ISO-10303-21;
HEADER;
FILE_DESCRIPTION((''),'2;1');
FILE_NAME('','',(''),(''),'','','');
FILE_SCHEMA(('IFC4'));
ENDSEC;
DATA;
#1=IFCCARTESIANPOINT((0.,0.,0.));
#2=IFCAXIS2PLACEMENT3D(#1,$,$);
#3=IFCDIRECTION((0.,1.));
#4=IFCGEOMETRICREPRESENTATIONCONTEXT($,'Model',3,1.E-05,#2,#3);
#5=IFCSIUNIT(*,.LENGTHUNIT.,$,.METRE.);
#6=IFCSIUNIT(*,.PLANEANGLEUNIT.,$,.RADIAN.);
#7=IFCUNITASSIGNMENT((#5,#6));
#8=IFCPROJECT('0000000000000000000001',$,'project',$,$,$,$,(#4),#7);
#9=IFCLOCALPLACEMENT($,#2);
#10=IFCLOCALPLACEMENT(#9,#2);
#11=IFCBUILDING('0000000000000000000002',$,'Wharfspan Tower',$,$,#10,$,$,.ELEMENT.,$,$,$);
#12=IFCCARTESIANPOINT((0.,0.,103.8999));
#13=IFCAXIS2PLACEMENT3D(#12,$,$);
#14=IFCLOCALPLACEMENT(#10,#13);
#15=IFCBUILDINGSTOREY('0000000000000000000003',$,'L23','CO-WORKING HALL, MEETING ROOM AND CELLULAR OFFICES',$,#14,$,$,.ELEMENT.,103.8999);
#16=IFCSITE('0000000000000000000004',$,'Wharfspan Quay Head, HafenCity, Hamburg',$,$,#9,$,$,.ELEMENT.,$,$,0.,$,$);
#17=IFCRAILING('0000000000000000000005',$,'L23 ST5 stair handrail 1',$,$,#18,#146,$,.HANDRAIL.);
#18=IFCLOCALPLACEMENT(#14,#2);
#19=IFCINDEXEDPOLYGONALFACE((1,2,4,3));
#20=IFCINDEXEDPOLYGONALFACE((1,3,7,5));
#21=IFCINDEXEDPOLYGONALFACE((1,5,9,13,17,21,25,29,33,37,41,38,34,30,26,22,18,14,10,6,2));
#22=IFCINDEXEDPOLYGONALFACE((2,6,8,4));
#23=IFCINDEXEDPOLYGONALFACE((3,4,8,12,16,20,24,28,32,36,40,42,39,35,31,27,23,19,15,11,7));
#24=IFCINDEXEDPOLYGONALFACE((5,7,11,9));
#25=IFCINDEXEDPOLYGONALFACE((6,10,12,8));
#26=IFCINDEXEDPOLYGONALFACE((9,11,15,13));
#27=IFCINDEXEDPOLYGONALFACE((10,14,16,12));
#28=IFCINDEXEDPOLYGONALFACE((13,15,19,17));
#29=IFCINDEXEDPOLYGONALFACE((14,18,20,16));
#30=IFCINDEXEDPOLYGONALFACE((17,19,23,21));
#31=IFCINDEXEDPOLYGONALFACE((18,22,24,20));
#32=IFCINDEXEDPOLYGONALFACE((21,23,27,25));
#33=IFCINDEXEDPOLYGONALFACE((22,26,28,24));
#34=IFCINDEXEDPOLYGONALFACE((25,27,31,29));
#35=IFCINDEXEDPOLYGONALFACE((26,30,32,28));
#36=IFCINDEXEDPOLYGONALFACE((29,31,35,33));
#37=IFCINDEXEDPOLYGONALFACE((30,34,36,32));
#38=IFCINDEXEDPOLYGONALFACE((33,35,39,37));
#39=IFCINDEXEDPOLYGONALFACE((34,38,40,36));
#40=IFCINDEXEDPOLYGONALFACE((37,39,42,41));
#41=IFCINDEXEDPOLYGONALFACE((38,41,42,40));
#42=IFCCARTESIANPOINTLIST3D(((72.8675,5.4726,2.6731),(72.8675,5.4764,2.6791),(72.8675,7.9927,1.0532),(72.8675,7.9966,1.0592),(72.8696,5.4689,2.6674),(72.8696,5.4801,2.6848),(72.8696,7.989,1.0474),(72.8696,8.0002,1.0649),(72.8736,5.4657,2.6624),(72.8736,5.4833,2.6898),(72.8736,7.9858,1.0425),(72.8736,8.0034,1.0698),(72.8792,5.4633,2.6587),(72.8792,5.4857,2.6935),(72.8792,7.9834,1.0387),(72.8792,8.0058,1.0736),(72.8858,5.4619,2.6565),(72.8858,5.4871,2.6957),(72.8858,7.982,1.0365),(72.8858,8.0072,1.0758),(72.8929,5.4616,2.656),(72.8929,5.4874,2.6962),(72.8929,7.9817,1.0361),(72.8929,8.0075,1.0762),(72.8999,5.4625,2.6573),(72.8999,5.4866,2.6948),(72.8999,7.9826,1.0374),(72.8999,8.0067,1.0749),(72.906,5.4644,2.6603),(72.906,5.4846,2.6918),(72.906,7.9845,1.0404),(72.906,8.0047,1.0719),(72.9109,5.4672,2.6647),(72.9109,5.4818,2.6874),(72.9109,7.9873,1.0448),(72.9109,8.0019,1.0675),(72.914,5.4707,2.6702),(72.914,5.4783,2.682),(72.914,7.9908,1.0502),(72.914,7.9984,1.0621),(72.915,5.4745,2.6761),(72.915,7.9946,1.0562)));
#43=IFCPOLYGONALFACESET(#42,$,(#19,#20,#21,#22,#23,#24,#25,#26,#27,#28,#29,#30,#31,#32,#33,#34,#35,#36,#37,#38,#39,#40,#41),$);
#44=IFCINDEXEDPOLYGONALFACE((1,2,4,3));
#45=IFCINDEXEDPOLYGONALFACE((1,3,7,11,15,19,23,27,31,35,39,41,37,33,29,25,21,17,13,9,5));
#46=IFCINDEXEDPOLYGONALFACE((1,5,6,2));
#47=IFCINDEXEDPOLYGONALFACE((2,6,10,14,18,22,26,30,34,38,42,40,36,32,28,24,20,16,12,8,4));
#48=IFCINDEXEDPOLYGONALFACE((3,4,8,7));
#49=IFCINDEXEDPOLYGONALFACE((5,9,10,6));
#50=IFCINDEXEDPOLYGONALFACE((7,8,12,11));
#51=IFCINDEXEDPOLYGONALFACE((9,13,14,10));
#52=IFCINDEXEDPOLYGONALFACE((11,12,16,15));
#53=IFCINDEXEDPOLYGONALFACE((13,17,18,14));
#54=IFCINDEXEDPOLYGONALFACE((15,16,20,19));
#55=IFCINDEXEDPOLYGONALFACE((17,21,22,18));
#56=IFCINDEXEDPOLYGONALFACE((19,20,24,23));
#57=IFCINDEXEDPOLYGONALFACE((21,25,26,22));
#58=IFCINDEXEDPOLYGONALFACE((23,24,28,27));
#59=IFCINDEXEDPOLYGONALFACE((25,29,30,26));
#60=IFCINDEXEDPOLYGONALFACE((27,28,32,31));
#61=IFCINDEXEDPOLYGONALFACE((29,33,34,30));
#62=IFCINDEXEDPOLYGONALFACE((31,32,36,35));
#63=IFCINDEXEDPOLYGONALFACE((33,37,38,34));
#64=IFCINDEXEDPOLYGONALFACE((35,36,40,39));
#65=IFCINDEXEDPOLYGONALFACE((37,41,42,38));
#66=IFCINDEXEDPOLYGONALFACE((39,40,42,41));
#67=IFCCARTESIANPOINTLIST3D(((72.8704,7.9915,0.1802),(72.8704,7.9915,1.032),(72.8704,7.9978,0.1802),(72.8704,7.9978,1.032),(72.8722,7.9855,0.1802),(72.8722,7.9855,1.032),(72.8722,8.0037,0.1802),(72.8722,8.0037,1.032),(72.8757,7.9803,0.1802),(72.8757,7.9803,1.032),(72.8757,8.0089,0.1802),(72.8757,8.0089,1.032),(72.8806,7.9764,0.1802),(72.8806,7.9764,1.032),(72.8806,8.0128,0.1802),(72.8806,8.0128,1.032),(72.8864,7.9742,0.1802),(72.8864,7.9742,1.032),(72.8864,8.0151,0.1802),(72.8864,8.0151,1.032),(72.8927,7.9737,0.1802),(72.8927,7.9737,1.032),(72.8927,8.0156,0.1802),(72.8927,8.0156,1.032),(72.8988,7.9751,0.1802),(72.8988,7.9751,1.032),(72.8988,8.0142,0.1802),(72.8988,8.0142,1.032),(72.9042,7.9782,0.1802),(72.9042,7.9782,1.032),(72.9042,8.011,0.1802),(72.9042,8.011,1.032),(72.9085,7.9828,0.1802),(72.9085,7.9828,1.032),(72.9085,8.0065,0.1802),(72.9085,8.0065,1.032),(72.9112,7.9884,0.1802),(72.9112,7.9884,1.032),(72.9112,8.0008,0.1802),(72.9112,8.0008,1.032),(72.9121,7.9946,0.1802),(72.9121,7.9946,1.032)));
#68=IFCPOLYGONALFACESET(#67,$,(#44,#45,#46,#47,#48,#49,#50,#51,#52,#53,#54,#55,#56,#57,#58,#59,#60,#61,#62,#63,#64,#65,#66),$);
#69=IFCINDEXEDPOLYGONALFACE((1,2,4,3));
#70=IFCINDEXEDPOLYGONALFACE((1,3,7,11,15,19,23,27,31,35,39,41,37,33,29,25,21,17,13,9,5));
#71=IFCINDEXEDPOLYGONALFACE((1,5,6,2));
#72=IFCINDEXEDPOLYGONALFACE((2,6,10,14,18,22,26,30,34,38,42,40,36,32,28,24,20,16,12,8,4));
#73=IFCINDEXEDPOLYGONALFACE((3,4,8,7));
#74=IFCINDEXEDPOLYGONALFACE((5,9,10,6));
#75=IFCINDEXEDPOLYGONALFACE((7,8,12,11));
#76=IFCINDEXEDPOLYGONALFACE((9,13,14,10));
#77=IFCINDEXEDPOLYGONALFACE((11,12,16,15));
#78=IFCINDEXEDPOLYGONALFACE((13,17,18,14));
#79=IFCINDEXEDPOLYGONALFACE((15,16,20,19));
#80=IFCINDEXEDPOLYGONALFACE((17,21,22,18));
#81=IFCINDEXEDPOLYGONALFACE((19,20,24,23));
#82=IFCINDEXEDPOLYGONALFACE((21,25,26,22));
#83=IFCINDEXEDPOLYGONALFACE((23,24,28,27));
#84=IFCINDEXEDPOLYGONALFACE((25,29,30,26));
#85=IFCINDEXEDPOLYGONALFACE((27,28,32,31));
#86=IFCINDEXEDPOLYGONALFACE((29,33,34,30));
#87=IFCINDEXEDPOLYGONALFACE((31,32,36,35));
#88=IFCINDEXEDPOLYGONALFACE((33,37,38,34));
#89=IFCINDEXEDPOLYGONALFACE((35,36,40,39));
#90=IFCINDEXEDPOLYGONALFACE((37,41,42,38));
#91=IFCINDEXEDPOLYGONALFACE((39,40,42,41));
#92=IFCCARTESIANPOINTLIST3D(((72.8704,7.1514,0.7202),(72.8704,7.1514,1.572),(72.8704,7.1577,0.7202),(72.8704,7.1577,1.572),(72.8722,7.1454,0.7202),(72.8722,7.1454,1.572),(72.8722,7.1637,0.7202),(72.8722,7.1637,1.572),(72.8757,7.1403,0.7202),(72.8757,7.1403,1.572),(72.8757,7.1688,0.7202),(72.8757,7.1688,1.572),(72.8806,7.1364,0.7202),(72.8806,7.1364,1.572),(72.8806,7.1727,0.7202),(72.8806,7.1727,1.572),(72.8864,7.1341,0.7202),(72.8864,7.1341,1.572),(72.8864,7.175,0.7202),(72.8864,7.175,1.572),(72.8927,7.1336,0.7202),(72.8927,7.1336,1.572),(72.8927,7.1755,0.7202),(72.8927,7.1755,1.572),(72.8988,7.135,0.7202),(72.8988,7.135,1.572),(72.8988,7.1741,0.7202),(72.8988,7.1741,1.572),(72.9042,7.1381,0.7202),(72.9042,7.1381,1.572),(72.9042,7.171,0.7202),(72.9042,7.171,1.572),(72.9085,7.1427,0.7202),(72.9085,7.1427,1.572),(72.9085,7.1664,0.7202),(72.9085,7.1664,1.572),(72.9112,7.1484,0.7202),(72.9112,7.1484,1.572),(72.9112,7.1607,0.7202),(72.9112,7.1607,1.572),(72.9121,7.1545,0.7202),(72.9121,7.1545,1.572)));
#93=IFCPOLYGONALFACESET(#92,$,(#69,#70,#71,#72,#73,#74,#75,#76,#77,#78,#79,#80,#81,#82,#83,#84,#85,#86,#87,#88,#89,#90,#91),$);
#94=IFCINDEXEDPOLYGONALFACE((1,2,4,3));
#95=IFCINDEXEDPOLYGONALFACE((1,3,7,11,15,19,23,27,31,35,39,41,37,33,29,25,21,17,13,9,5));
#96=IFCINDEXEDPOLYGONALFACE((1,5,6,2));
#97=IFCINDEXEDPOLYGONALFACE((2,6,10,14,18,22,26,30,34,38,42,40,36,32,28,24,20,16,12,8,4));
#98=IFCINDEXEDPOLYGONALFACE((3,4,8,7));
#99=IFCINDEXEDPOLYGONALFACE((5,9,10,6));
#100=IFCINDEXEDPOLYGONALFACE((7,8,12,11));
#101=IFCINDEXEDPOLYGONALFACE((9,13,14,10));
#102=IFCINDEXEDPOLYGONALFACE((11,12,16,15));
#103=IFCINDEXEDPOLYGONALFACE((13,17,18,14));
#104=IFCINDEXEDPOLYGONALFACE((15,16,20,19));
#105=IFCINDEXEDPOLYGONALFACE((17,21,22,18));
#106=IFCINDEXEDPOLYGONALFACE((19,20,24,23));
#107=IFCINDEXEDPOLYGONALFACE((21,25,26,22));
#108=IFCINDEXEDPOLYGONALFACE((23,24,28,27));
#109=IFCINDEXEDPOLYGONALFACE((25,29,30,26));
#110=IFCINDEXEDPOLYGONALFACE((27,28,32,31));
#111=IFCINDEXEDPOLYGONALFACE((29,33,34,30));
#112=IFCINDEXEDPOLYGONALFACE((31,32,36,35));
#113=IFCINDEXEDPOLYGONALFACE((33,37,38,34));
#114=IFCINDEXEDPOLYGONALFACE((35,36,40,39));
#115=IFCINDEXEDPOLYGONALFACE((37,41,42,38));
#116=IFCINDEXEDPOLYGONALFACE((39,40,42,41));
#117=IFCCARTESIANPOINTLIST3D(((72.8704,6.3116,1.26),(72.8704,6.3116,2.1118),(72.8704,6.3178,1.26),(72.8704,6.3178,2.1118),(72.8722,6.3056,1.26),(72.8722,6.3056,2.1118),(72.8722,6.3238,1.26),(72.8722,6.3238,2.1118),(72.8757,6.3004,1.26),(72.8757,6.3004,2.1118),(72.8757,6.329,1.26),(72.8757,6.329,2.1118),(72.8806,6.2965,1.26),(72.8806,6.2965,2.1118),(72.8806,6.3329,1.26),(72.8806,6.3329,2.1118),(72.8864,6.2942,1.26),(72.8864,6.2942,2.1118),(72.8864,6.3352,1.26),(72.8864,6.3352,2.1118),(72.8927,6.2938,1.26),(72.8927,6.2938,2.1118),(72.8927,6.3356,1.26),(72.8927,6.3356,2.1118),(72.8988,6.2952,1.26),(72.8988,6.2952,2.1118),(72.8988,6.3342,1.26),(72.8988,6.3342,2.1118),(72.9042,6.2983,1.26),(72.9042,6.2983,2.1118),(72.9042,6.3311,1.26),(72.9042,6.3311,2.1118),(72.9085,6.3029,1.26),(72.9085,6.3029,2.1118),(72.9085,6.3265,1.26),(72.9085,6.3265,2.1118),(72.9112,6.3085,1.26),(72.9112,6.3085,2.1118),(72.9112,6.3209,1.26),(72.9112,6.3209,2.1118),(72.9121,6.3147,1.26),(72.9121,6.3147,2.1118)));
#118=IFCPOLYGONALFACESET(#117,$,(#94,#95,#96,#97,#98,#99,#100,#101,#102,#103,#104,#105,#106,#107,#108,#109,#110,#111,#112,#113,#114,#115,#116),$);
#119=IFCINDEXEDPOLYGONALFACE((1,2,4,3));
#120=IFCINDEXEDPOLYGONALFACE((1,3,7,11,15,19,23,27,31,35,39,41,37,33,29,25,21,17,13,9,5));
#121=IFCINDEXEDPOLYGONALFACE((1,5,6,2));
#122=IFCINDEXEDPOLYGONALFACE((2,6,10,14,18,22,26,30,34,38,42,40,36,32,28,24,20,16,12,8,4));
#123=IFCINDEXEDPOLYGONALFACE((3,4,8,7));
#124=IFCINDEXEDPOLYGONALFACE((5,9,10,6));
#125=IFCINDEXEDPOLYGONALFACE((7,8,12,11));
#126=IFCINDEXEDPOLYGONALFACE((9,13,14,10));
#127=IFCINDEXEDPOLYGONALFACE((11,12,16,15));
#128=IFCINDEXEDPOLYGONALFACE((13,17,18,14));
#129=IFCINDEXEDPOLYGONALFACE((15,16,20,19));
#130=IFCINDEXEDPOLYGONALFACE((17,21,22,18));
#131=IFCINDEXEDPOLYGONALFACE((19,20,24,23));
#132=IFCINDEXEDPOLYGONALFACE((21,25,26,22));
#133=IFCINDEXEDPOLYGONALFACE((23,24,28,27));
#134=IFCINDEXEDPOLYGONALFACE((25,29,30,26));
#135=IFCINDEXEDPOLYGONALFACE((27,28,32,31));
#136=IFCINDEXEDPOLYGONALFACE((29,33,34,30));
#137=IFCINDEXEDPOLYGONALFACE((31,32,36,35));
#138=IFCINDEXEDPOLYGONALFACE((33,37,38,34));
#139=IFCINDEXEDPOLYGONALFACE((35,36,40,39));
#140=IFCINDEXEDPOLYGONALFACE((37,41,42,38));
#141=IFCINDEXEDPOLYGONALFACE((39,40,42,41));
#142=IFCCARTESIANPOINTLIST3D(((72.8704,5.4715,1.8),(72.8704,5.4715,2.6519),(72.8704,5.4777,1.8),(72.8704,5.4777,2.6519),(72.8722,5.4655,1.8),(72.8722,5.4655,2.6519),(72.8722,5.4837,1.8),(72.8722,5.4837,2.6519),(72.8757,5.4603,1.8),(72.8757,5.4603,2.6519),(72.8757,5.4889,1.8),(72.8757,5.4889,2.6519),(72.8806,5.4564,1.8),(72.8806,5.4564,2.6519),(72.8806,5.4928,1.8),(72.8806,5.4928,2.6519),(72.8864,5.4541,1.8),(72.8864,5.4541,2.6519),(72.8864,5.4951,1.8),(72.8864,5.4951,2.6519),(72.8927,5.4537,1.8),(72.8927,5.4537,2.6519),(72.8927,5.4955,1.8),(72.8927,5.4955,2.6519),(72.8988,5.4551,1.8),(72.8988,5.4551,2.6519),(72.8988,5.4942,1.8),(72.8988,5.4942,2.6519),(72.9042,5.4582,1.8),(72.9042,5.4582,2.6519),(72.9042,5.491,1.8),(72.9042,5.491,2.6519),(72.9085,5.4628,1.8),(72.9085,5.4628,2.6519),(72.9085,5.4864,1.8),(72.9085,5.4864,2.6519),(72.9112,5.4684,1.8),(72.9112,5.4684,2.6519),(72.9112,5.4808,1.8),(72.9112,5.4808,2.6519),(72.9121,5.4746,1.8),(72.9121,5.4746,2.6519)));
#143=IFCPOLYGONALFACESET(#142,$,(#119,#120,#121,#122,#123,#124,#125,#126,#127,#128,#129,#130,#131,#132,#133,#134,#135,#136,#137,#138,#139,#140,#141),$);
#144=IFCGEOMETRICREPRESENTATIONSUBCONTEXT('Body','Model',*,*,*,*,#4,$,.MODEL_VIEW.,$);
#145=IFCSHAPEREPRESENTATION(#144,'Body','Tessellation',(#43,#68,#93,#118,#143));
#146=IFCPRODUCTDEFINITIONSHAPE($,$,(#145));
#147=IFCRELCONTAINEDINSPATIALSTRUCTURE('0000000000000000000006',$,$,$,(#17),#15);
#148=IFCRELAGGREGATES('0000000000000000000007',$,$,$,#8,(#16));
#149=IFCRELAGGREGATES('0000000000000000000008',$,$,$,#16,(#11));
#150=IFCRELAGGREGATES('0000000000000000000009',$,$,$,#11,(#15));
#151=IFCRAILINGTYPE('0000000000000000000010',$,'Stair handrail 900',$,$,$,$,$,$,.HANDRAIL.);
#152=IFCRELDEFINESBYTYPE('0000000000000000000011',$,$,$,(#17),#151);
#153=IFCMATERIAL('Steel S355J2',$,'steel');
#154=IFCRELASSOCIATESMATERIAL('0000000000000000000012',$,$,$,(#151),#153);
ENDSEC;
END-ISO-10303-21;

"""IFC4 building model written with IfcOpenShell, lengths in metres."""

from ifc_helpers import new_model, si_unit, direction, frame, origin, origin_2d, place, context, subcontext, project, spatial, circle, extrude, material, type_object, element, save


model = new_model("IFC4")

# Units and contexts
model_context = context("Model", 3, precision=1e-05, world=origin(), true_north=direction((0.0, 1.0)))
body_context = subcontext(model_context, "Body", "Model", "MODEL_VIEW")
ifc_project = project(units=[si_unit("LENGTHUNIT", "METRE"), si_unit("PLANEANGLEUNIT", "RADIAN")], contexts=[model_context])

# Site, building, storey
site_placement = place(None, origin())
site = spatial("IfcSite", under=ifc_project, at=site_placement, Name="Wharfspan Quay Head, HafenCity, Hamburg", CompositionType="ELEMENT", RefElevation=0.0)
building_placement = place(site_placement, origin())
building = spatial("IfcBuilding", under=site, at=building_placement, Name="Wharfspan Tower", CompositionType="ELEMENT")
storey_placement = place(building_placement, frame((0.0, 0.0, 103.8999)))
storey = spatial("IfcBuildingStorey", under=building, at=storey_placement, Name="L23", Description="CO-WORKING HALL, MEETING ROOM AND CELLULAR OFFICES", CompositionType="ELEMENT", Elevation=103.8999)

# Shared definitions
ifc_material_1 = material(Name="Steel S355J2", Category="steel")

# Railing
railing_type_1 = type_object("IfcRailingType", Name="Stair handrail 900", PredefinedType="HANDRAIL", material=ifc_material_1)
railing_1_placement = place(storey_placement, frame((72.8911, 7.9946, 0.1802)))
element("IfcRailing", 1, at=railing_1_placement, inside=storey, type_object=railing_type_1, Name="L23 ST5 stair handrail 1", PredefinedType="HANDRAIL", context=body_context, shape_type="SweptSolid", body=[
    extrude(circle(Radius=0.0239, at=origin_2d()), frame((0.0, 0.0, 0.876), z_axis=(0.0, -0.8412, 0.540725), x_axis=(1.0, 0.0, 0.0)), (0.0, 0.0, 1.0), 2.9958),
    extrude(circle(Radius=0.021, at=origin_2d()), origin(), (0.0, 0.0, 1.0), 0.8518),
    extrude(circle(Radius=0.021, at=origin_2d()), frame((0.0, -0.8401, 0.54)), (0.0, 0.0, 1.0), 0.8518),
    extrude(circle(Radius=0.021, at=origin_2d()), frame((0.0, -1.6799, 1.0798)), (0.0, 0.0, 1.0), 0.8518),
    extrude(circle(Radius=0.021, at=origin_2d()), frame((0.0, -2.52, 1.6199)), (0.0, 0.0, 1.0), 0.8518),
])

save(model, "model.ifc")
